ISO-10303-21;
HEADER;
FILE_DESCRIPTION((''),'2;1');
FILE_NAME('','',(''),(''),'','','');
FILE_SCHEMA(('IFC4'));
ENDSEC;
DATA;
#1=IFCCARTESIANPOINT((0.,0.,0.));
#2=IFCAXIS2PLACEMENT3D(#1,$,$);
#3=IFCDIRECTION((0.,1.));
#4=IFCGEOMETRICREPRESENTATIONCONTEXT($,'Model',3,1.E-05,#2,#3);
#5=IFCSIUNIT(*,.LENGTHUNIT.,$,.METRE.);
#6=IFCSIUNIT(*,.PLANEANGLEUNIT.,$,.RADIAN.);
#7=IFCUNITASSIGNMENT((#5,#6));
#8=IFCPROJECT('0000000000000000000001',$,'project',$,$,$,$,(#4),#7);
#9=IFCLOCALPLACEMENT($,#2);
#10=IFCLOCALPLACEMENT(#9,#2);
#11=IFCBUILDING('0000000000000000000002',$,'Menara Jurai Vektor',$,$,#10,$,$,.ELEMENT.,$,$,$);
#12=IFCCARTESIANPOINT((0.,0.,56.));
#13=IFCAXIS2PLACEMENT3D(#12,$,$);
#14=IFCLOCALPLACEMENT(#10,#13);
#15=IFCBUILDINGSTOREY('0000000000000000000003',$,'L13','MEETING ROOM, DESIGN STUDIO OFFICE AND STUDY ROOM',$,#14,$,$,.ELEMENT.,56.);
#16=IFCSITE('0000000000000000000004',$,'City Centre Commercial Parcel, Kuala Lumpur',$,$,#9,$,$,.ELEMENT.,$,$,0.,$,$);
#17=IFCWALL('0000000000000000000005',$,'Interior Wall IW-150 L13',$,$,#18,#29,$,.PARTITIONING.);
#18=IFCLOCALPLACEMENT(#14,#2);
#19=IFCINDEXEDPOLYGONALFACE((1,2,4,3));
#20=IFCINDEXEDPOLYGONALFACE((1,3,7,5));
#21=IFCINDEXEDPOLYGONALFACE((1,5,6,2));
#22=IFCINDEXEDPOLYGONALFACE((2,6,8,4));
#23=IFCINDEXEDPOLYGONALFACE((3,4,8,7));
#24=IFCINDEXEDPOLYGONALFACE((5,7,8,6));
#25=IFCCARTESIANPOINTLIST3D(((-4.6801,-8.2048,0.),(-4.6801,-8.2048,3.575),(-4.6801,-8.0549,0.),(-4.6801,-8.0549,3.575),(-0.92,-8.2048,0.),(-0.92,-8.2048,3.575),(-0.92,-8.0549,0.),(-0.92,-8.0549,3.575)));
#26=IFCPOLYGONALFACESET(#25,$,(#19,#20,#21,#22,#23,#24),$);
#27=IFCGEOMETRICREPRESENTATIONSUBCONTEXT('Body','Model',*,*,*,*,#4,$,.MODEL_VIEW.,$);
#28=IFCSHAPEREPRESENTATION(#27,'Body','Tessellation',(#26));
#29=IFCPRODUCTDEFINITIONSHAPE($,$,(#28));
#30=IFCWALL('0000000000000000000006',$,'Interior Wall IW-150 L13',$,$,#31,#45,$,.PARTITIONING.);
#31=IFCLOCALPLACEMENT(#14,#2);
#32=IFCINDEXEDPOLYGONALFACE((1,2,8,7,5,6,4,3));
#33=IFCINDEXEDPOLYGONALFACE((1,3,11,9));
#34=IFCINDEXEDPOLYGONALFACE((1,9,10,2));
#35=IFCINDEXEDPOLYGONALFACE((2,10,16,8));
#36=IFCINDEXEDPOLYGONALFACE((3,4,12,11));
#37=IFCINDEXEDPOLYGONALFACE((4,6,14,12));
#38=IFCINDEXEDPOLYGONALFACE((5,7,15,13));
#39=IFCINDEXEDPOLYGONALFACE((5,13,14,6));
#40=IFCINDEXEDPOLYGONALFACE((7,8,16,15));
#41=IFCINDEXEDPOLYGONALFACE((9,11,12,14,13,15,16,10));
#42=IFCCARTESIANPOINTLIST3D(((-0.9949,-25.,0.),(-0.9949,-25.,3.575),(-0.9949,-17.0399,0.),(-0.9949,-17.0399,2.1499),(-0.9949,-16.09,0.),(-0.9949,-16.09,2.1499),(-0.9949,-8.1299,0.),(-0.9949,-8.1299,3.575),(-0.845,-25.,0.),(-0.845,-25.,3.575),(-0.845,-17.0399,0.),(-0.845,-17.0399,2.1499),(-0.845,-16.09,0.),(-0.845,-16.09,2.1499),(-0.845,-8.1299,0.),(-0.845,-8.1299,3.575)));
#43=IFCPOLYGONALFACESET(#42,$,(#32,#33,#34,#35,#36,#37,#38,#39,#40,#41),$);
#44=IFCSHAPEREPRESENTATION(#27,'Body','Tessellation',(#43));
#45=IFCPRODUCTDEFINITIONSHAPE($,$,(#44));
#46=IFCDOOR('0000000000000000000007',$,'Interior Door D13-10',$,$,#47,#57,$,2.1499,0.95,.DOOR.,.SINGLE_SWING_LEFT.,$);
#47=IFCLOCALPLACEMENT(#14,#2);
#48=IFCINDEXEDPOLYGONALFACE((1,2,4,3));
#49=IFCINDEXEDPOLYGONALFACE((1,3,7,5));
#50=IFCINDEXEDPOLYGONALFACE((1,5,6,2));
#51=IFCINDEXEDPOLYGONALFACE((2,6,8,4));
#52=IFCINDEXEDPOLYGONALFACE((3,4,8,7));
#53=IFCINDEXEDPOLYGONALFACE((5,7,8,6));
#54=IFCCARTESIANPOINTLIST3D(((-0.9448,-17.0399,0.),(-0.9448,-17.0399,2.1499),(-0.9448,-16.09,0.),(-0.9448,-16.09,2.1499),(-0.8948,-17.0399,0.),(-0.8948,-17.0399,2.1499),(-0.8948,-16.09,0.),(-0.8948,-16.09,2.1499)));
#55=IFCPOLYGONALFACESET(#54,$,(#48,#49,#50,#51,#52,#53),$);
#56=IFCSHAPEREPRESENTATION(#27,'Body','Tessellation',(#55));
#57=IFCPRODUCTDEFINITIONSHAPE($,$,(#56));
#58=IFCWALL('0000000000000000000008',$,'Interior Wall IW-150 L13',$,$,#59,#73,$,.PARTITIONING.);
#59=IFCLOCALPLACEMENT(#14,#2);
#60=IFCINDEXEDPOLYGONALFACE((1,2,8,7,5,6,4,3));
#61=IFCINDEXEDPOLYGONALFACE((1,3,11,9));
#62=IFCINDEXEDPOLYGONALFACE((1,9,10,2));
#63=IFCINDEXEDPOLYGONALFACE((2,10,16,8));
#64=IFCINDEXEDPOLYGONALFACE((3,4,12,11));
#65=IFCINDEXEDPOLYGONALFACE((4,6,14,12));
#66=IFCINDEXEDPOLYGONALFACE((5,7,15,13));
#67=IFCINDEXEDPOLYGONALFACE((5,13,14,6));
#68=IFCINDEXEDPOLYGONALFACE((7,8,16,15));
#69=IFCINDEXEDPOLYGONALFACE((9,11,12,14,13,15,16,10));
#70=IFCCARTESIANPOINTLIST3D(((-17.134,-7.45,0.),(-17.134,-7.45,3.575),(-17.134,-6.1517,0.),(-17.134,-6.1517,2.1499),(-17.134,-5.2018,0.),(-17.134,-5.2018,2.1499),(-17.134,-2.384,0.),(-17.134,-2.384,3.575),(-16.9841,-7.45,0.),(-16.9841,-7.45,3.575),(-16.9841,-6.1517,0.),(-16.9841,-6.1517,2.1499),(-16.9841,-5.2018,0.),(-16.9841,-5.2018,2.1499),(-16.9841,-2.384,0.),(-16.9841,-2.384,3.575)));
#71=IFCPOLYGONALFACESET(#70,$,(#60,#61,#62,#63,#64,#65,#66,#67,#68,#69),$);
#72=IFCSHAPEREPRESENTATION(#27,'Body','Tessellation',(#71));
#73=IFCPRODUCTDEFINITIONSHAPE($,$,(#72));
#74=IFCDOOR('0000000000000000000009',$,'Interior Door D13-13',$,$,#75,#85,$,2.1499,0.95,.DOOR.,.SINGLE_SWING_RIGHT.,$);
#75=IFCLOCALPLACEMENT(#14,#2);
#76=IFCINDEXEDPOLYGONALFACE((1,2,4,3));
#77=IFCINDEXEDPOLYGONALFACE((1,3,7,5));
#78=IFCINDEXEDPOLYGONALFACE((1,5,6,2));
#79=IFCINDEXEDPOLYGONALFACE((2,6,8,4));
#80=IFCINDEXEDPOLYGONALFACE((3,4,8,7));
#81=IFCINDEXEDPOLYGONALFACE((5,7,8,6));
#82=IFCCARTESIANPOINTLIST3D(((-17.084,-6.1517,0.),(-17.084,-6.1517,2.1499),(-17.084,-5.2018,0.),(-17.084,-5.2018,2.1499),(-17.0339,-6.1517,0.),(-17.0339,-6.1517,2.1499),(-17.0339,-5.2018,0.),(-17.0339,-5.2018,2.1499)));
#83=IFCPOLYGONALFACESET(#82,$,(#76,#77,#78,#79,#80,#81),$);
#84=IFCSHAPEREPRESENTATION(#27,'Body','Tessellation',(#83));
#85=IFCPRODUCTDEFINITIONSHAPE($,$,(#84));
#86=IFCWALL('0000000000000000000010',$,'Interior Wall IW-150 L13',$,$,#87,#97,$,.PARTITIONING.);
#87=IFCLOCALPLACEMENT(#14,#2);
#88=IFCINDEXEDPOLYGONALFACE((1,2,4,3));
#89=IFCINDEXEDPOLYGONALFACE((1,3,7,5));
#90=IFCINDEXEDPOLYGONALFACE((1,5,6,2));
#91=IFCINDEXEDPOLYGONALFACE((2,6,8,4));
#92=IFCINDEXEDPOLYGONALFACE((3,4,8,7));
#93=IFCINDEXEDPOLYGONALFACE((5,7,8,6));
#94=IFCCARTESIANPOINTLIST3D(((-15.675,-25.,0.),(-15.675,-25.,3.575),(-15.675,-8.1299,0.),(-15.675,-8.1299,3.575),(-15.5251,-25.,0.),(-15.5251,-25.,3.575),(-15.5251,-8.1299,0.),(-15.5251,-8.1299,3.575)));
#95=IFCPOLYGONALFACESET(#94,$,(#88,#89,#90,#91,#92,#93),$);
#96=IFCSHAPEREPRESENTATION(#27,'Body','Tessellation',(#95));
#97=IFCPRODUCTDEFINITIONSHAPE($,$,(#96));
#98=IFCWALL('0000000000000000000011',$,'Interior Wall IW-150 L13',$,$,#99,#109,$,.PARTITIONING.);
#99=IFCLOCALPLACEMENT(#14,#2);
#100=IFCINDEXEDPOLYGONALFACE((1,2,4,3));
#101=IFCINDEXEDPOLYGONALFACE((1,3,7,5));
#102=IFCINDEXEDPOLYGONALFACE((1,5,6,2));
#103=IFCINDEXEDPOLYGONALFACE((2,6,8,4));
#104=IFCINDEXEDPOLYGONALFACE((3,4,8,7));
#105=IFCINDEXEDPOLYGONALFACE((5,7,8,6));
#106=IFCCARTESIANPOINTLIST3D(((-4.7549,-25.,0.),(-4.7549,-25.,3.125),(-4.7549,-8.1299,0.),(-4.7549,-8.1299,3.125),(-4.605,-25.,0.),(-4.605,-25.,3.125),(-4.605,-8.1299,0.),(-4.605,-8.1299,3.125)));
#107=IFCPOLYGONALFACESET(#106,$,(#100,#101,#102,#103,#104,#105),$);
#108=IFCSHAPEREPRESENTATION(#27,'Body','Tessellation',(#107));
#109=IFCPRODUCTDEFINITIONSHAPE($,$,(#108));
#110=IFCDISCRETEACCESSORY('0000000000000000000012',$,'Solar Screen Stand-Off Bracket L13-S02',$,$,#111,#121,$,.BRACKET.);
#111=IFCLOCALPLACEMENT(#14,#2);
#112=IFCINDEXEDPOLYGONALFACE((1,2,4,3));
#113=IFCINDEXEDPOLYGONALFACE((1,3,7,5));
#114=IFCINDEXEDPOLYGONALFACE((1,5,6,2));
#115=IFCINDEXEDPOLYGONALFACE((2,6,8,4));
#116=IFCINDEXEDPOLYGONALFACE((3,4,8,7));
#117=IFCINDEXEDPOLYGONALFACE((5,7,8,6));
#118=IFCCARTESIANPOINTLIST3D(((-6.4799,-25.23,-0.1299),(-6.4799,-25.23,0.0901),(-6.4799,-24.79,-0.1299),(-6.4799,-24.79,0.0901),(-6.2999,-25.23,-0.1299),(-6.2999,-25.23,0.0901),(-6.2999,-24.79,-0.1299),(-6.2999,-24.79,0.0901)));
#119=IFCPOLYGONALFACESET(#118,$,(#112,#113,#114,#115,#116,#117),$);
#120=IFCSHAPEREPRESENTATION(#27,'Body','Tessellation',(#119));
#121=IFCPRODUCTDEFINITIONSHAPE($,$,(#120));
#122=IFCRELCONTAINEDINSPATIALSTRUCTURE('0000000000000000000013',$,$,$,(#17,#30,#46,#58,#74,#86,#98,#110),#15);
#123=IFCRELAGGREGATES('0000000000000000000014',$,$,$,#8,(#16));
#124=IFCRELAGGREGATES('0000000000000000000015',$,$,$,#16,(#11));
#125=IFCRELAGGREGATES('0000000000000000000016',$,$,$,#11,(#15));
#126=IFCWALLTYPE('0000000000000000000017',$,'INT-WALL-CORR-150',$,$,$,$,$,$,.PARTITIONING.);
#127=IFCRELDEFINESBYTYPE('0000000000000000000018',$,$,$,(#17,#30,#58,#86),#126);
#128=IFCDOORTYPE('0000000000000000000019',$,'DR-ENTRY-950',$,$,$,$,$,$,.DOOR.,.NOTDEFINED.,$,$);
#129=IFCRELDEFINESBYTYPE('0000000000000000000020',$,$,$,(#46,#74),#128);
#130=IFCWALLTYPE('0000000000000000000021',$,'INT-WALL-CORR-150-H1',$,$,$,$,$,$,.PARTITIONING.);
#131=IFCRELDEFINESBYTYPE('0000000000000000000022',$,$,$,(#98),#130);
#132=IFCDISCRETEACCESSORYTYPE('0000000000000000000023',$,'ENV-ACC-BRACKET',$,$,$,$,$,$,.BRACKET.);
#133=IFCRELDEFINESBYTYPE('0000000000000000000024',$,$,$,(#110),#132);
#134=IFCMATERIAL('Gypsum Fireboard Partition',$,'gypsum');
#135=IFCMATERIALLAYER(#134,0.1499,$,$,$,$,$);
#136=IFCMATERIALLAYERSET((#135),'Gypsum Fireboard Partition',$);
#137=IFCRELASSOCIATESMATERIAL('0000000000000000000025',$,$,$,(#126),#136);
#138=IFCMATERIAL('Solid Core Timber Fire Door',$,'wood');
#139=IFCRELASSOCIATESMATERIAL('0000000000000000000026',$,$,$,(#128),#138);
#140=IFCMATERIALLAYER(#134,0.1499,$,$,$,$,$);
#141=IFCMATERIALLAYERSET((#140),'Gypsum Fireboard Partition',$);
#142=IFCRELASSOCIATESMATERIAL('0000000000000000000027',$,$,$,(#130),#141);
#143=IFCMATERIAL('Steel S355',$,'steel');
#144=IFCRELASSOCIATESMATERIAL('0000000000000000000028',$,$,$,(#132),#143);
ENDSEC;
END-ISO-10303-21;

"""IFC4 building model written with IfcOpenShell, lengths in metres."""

from ifc_helpers import new_model, si_unit, direction, frame, frame_2d, origin, origin_2d, place, context, subcontext, project, spatial, rectangle, extrude, material, layer, layer_set, type_object, element, fill, save


model = new_model("IFC4")

# Units and contexts
model_context = context("Model", 3, precision=1e-05, world=origin(), true_north=direction((0.0, 1.0)))
body_context = subcontext(model_context, "Body", "Model", "MODEL_VIEW")
ifc_project = project(units=[si_unit("LENGTHUNIT", "METRE"), si_unit("PLANEANGLEUNIT", "RADIAN")], contexts=[model_context])

# Site, building, storey
site_placement = place(None, origin())
site = spatial("IfcSite", under=ifc_project, at=site_placement, Name="City Centre Commercial Parcel, Kuala Lumpur", CompositionType="ELEMENT", RefElevation=0.0)
building_placement = place(site_placement, origin())
building = spatial("IfcBuilding", under=site, at=building_placement, Name="Menara Jurai Vektor", CompositionType="ELEMENT")
storey_placement = place(building_placement, frame((0.0, 0.0, 56.0)))
storey = spatial("IfcBuildingStorey", under=building, at=storey_placement, Name="L13", Description="MEETING ROOM, DESIGN STUDIO OFFICE AND STUDY ROOM", CompositionType="ELEMENT", Elevation=56.0)

# Shared definitions
ifc_material_1 = material(Name="Steel S355", Category="steel")

# Shared definitions
ifc_material_2 = material(Name="Gypsum Fireboard Partition", Category="gypsum")
ifc_layer_1 = layer(ifc_material_2, 0.1499)
ifc_layer_set_1 = layer_set([ifc_layer_1], Name="Gypsum Fireboard Partition")
wall_type_1 = type_object("IfcWallType", Name="INT-WALL-CORR-150", PredefinedType="PARTITIONING", material=ifc_layer_set_1)

# Shared definitions
ifc_material_3 = material(Name="Solid Core Timber Fire Door", Category="wood")
door_type = type_object("IfcDoorType", Name="DR-ENTRY-950", OperationType="NOTDEFINED", PredefinedType="DOOR", material=ifc_material_3)

# Wall
wall_1_placement = place(storey_placement, frame((-4.6799, -8.1299, 0.0), z_axis=(0.0, 0.0, 1.0), x_axis=(1.0, 0.0, 0.0)))
element("IfcWall", 1, at=wall_1_placement, inside=storey, type_object=wall_type_1, Name="Interior Wall IW-150 L13", PredefinedType="PARTITIONING", context=body_context, shape_type="SweptSolid", body=[
    extrude(rectangle(XDim=3.76, YDim=0.1499, at=frame_2d((1.8799, 0.0))), origin(), (0.0, 0.0, 1.0), 3.575),
])

# Walls, openings, doors
wall_2_placement = place(storey_placement, frame((-0.9199, -25.0, 0.0), z_axis=(0.0, 0.0, 1.0), x_axis=(0.0, 1.0, 0.0)))
wall_2 = element("IfcWall", 2, at=wall_2_placement, inside=storey, type_object=wall_type_1, Name="Interior Wall IW-150 L13", PredefinedType="PARTITIONING", context=body_context, shape_type="SweptSolid", body=[
    extrude(rectangle(XDim=16.8701, YDim=0.1499, at=frame_2d((8.4351, 0.0))), origin(), (0.0, 0.0, 1.0), 3.575),
])
opening_1_placement = place(wall_2_placement, frame((7.96, 0.0, 0.0)))
opening_1 = element("IfcOpeningElement", 3, at=opening_1_placement, cuts=wall_2, PredefinedType="OPENING", context=body_context, shape_type="SweptSolid", body=[
    extrude(rectangle(XDim=0.95, YDim=2.1499, at=frame_2d((0.4751, 1.075))), frame((0.0, 0.085, 0.0), z_axis=(0.0, -1.0, 0.0), x_axis=(1.0, 0.0, 0.0)), (0.0, 0.0, 1.0), 0.1699),
])
door_1_placement = place(opening_1_placement, origin())
door_1 = element("IfcDoor", 4, at=door_1_placement, inside=storey, type_object=door_type, Name="Interior Door D13-10", OperationType="SINGLE_SWING_LEFT", OverallHeight=2.1499, OverallWidth=0.95, PredefinedType="DOOR", context=body_context, shape_type="SweptSolid", body=[
    extrude(rectangle(XDim=0.95, YDim=2.1499, at=frame_2d((0.4751, 1.075))), frame((0.0, 0.0249, 0.0), z_axis=(0.0, -1.0, 0.0), x_axis=(1.0, 0.0, 0.0)), (0.0, 0.0, 1.0), 0.05),
])
fill(opening_1, door_1)
wall_3_placement = place(storey_placement, frame((-17.0591, -7.45, 0.0), z_axis=(0.0, 0.0, 1.0), x_axis=(0.0, 1.0, 0.0)))
wall_3 = element("IfcWall", 5, at=wall_3_placement, inside=storey, type_object=wall_type_1, Name="Interior Wall IW-150 L13", PredefinedType="PARTITIONING", context=body_context, shape_type="SweptSolid", body=[
    extrude(rectangle(XDim=5.0659, YDim=0.1499, at=frame_2d((2.533, 0.0))), origin(), (0.0, 0.0, 1.0), 3.575),
])
opening_2_placement = place(wall_3_placement, frame((1.2981, 0.0, 0.0)))
opening_2 = element("IfcOpeningElement", 6, at=opening_2_placement, cuts=wall_3, PredefinedType="OPENING", context=body_context, shape_type="SweptSolid", body=[
    extrude(rectangle(XDim=0.95, YDim=2.1499, at=frame_2d((0.4751, 1.075))), frame((0.0, 0.085, 0.0), z_axis=(0.0, -1.0, 0.0), x_axis=(1.0, 0.0, 0.0)), (0.0, 0.0, 1.0), 0.1699),
])
door_2_placement = place(opening_2_placement, origin())
door_2 = element("IfcDoor", 7, at=door_2_placement, inside=storey, type_object=door_type, Name="Interior Door D13-13", OperationType="SINGLE_SWING_RIGHT", OverallHeight=2.1499, OverallWidth=0.95, PredefinedType="DOOR", context=body_context, shape_type="SweptSolid", body=[
    extrude(rectangle(XDim=0.95, YDim=2.1499, at=frame_2d((0.4751, 1.075))), frame((0.0, 0.0249, 0.0), z_axis=(0.0, -1.0, 0.0), x_axis=(1.0, 0.0, 0.0)), (0.0, 0.0, 1.0), 0.05),
])
fill(opening_2, door_2)

# Walls
wall_4_placement = place(storey_placement, frame((-15.6001, -25.0, 0.0), z_axis=(0.0, 0.0, 1.0), x_axis=(0.0, 1.0, 0.0)))
element("IfcWall", 8, at=wall_4_placement, inside=storey, type_object=wall_type_1, Name="Interior Wall IW-150 L13", PredefinedType="PARTITIONING", context=body_context, shape_type="SweptSolid", body=[
    extrude(rectangle(XDim=16.8701, YDim=0.1499, at=frame_2d((8.4351, 0.0))), origin(), (0.0, 0.0, 1.0), 3.575),
])
ifc_layer_2 = layer(ifc_material_2, 0.1499)
ifc_layer_set_2 = layer_set([ifc_layer_2], Name="Gypsum Fireboard Partition")
wall_type_2 = type_object("IfcWallType", Name="INT-WALL-CORR-150-H1", PredefinedType="PARTITIONING", material=ifc_layer_set_2)
wall_5_placement = place(storey_placement, frame((-4.6799, -25.0, 0.0), z_axis=(0.0, 0.0, 1.0), x_axis=(0.0, 1.0, 0.0)))
element("IfcWall", 9, at=wall_5_placement, inside=storey, type_object=wall_type_2, Name="Interior Wall IW-150 L13", PredefinedType="PARTITIONING", context=body_context, shape_type="SweptSolid", body=[
    extrude(rectangle(XDim=16.8701, YDim=0.1499, at=frame_2d((8.4351, 0.0))), origin(), (0.0, 0.0, 1.0), 3.125),
])

# Discrete accessory
discrete_accessory_type = type_object("IfcDiscreteAccessoryType", Name="ENV-ACC-BRACKET", PredefinedType="BRACKET", material=ifc_material_1)
discrete_accessory_placement = place(storey_placement, frame((-6.3899, -25.01, -0.1299), z_axis=(0.0, 0.0, 1.0), x_axis=(1.0, 0.0, 0.0)))
element("IfcDiscreteAccessory", 10, at=discrete_accessory_placement, inside=storey, type_object=discrete_accessory_type, Name="Solar Screen Stand-Off Bracket L13-S02", PredefinedType="BRACKET", context=body_context, shape_type="SweptSolid", body=[
    extrude(rectangle(XDim=0.1799, YDim=0.4399, at=origin_2d()), origin(), (0.0, 0.0, 1.0), 0.22),
])

save(model, "model.ifc")
